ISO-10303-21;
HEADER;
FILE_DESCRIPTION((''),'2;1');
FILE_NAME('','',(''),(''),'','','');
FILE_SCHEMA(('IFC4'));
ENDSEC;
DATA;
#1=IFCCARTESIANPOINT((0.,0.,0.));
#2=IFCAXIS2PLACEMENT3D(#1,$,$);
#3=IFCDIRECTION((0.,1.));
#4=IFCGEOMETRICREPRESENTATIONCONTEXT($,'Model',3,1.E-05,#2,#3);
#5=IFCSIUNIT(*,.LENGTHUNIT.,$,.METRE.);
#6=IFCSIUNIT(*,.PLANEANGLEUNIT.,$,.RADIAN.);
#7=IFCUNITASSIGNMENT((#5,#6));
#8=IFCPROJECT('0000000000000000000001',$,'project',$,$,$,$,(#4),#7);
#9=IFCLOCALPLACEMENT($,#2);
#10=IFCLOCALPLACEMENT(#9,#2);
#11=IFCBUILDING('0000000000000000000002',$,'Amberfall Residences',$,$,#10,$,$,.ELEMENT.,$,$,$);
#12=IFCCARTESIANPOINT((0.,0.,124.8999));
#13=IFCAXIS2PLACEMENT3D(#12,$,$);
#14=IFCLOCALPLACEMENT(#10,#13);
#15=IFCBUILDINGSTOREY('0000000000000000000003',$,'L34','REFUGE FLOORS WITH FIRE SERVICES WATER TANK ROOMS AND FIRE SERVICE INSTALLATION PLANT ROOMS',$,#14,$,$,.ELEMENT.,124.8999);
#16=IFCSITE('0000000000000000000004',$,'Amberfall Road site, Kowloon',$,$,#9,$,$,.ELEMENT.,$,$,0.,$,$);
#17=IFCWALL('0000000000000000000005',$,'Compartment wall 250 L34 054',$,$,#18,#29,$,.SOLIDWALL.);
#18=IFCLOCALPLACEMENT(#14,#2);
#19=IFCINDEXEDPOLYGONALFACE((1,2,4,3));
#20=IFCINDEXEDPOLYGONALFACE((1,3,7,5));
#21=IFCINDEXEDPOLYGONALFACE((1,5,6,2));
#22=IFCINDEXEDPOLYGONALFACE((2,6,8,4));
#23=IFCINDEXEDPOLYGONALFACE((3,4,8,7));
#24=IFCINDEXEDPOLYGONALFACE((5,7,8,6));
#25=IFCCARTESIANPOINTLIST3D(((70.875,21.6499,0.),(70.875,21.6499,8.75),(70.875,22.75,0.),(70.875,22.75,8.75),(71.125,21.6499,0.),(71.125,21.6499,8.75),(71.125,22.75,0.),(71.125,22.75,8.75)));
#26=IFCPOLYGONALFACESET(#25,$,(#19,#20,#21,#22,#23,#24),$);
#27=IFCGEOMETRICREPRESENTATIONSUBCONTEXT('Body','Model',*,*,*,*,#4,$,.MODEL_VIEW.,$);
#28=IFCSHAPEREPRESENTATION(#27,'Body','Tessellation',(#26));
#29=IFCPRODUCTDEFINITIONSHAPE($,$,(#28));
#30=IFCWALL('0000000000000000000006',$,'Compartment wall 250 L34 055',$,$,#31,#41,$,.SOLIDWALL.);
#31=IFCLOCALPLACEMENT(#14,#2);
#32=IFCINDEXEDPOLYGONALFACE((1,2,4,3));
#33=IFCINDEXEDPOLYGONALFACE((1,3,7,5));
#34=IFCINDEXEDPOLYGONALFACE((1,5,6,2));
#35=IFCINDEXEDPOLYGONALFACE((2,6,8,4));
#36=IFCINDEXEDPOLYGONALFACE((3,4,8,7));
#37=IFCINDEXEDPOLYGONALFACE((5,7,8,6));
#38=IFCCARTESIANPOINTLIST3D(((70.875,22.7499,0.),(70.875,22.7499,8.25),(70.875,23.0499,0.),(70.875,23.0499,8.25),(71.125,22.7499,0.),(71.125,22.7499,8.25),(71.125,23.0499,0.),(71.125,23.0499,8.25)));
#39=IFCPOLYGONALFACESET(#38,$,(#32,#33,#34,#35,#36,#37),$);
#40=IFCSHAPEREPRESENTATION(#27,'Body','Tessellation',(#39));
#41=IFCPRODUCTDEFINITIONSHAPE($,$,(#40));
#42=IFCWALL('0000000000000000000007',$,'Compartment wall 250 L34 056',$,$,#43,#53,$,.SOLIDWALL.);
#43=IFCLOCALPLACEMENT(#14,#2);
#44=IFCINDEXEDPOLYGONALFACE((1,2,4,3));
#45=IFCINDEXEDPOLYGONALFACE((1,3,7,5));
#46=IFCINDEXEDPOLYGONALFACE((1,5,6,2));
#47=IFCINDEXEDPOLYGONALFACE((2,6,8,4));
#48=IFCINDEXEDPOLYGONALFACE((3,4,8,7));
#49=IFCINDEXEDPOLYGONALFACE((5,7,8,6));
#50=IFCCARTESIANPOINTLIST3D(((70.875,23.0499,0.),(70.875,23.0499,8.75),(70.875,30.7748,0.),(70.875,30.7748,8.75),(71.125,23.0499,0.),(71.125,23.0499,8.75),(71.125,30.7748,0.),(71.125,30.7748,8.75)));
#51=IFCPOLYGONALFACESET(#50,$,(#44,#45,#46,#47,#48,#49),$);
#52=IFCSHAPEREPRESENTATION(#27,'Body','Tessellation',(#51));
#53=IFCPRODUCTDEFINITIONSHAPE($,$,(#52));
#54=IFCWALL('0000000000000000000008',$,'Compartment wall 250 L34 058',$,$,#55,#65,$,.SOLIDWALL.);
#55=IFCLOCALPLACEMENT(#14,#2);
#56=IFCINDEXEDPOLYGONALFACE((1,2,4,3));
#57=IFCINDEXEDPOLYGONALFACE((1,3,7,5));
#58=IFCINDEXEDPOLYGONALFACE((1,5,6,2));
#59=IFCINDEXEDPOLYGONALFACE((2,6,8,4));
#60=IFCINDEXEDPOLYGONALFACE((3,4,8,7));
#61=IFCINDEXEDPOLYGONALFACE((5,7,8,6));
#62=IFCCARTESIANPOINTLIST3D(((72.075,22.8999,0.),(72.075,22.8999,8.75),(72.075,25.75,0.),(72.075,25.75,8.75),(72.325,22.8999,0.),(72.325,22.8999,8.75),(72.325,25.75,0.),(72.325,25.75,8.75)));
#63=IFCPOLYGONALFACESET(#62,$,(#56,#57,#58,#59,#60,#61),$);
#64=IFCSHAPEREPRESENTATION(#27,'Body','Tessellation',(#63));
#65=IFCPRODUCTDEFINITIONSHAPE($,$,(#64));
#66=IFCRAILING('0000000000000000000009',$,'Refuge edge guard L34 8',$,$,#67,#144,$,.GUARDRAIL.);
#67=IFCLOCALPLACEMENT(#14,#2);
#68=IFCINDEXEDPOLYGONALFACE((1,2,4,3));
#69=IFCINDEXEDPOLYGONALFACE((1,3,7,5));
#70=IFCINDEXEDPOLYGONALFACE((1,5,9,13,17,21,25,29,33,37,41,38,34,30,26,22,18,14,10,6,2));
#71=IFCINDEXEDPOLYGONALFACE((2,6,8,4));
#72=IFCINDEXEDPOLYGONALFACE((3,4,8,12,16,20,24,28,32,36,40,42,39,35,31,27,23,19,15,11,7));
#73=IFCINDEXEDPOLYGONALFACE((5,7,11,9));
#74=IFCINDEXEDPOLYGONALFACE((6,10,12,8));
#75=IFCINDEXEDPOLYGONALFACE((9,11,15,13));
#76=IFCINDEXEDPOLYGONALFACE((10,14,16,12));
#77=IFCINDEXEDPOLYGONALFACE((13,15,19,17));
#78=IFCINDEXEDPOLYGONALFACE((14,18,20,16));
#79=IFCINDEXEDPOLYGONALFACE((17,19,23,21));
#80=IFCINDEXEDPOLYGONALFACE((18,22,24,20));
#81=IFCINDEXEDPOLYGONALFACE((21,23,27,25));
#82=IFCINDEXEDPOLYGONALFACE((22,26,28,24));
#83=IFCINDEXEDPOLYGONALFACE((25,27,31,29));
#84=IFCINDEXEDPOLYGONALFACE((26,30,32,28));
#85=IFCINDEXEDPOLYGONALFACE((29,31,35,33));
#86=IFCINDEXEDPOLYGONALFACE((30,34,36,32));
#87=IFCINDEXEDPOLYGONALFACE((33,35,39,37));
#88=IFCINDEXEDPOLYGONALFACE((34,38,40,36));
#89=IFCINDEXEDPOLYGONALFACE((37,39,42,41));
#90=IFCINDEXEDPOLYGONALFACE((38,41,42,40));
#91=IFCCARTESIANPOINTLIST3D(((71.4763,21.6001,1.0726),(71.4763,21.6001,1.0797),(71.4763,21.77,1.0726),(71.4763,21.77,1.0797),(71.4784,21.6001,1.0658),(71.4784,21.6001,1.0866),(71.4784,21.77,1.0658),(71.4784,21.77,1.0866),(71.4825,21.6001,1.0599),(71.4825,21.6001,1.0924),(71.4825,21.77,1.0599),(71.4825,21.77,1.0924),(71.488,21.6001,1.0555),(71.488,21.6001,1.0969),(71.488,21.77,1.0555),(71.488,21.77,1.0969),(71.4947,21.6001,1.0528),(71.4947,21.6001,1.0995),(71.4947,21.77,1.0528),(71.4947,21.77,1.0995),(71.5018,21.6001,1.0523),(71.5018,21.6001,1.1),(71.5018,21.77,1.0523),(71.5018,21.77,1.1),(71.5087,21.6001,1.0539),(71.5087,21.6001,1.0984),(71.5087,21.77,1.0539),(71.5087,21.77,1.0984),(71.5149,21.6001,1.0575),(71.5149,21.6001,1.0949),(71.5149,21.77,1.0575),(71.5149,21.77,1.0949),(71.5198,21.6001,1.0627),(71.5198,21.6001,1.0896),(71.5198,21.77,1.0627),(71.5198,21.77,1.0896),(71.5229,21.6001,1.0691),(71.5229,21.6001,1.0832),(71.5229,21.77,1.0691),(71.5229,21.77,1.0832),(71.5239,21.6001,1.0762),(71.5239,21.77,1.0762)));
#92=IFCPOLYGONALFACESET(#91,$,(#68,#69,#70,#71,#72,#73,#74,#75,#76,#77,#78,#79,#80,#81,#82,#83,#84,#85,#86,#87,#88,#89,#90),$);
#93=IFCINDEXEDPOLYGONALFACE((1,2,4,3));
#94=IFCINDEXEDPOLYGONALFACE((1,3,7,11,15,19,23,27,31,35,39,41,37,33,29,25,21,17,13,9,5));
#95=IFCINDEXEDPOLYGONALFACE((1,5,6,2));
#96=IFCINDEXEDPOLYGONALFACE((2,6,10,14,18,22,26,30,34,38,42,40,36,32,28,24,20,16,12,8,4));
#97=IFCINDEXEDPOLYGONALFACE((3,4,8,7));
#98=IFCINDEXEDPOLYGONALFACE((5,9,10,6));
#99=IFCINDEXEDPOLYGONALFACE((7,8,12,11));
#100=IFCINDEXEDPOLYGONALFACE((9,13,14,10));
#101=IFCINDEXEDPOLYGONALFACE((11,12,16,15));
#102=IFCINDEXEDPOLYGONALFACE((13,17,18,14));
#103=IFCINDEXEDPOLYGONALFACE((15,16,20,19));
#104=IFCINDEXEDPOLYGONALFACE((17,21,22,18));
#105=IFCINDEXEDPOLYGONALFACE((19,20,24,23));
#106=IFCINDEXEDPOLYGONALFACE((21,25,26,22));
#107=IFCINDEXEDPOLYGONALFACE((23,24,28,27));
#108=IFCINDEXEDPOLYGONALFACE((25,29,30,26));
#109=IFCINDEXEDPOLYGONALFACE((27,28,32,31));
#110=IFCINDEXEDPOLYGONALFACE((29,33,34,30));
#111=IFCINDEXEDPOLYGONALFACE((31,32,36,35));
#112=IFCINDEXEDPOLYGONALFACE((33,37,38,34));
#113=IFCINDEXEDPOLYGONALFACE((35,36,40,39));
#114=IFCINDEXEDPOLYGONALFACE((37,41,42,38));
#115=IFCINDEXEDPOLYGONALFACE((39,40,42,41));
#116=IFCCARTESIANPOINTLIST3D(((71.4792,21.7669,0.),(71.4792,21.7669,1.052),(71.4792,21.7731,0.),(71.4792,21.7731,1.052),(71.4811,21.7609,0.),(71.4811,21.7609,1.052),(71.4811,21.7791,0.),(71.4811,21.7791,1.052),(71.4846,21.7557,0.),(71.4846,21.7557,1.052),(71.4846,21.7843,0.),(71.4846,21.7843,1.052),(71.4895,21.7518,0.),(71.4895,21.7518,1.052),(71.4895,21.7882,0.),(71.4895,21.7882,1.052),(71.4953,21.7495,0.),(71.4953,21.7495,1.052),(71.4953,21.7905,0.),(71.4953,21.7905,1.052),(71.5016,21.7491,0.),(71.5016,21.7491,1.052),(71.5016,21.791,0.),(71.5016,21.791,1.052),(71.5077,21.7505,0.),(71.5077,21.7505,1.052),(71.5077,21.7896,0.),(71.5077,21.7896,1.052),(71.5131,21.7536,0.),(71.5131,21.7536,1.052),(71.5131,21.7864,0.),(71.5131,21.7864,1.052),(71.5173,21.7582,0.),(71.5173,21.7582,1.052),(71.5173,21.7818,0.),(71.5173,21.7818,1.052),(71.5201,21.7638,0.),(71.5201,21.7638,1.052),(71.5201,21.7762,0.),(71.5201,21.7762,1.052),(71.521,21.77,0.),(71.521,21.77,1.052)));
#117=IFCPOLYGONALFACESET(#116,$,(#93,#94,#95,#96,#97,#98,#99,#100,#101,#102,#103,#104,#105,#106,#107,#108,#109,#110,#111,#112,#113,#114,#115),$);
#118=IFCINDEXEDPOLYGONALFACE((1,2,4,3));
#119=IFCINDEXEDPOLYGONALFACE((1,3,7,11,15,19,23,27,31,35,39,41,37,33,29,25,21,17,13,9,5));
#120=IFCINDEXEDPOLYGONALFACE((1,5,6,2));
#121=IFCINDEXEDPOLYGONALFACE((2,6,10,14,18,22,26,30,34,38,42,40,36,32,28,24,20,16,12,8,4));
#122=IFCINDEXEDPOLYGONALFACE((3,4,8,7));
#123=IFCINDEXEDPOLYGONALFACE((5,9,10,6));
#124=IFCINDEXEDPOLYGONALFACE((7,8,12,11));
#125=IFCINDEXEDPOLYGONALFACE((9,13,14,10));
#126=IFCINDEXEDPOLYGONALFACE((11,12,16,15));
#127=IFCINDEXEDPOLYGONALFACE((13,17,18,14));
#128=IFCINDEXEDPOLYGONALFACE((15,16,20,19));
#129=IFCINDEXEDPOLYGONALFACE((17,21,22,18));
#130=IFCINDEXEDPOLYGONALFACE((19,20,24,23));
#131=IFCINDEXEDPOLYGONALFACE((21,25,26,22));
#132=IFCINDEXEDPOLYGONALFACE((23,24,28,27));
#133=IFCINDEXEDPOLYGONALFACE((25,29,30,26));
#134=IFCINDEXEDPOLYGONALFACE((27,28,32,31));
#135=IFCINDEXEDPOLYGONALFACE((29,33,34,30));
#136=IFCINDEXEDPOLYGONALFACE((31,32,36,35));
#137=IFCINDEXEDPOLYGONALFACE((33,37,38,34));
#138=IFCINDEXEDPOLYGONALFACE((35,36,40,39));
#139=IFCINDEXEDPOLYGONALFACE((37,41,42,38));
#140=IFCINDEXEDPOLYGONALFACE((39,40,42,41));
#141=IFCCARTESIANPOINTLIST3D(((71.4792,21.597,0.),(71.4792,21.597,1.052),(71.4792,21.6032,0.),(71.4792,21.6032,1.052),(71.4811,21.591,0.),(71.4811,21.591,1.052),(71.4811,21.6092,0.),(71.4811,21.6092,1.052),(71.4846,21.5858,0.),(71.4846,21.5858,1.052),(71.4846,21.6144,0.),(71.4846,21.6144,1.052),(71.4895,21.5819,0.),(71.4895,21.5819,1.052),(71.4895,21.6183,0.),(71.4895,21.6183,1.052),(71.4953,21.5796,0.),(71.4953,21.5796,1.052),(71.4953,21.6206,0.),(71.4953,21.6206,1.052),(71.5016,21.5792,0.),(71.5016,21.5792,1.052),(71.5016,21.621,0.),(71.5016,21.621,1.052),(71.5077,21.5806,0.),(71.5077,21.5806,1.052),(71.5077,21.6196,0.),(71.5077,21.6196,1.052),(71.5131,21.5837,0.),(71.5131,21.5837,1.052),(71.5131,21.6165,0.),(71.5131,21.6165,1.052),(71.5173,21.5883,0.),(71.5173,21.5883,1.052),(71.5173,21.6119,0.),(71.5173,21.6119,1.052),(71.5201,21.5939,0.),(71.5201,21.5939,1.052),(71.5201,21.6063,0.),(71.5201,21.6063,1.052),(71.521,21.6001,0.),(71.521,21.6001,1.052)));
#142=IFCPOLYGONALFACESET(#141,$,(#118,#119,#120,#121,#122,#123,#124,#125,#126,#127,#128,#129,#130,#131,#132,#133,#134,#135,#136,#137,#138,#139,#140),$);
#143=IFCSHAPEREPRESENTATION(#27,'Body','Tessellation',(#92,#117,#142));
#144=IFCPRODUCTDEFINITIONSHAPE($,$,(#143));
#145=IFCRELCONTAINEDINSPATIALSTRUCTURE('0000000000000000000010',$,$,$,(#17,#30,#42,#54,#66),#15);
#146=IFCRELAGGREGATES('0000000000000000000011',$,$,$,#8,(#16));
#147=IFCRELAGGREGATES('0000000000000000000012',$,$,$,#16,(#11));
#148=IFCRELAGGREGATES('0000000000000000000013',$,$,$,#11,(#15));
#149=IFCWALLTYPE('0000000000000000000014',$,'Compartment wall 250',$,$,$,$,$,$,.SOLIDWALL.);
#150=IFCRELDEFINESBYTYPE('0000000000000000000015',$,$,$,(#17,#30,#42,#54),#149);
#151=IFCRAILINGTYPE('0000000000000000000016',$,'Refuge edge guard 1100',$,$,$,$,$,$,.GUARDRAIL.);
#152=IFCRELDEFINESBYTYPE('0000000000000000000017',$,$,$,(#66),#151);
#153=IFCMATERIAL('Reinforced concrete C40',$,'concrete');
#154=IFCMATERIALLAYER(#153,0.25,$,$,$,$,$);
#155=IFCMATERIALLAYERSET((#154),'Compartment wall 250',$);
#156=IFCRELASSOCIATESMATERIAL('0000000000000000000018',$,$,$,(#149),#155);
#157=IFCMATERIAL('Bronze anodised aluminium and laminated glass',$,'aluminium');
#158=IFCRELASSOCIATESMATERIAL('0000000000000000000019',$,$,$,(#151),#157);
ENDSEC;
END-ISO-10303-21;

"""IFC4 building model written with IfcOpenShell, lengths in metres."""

from ifc_helpers import new_model, si_unit, direction, frame, frame_2d, origin, origin_2d, place, context, subcontext, project, spatial, rectangle, circle, extrude, material, layer, layer_set, type_object, element, save


model = new_model("IFC4")

# Units and contexts
model_context = context("Model", 3, precision=1e-05, world=origin(), true_north=direction((0.0, 1.0)))
body_context = subcontext(model_context, "Body", "Model", "MODEL_VIEW")
ifc_project = project(units=[si_unit("LENGTHUNIT", "METRE"), si_unit("PLANEANGLEUNIT", "RADIAN")], contexts=[model_context])

# Site, building, storey
site_placement = place(None, origin())
site = spatial("IfcSite", under=ifc_project, at=site_placement, Name="Amberfall Road site, Kowloon", CompositionType="ELEMENT", RefElevation=0.0)
building_placement = place(site_placement, origin())
building = spatial("IfcBuilding", under=site, at=building_placement, Name="Amberfall Residences", CompositionType="ELEMENT")
storey_placement = place(building_placement, frame((0.0, 0.0, 124.8999)))
storey = spatial("IfcBuildingStorey", under=building, at=storey_placement, Name="L34", Description="REFUGE FLOORS WITH FIRE SERVICES WATER TANK ROOMS AND FIRE SERVICE INSTALLATION PLANT ROOMS", CompositionType="ELEMENT", Elevation=124.8999)

# Walls
ifc_material_1 = material(Name="Reinforced concrete C40", Category="concrete")
ifc_layer = layer(ifc_material_1, 0.25)
ifc_layer_set = layer_set([ifc_layer], Name="Compartment wall 250")
wall_type = type_object("IfcWallType", Name="Compartment wall 250", PredefinedType="SOLIDWALL", material=ifc_layer_set)
wall_1_placement = place(storey_placement, frame((71.0, 21.6499, 0.0), z_axis=(0.0, 0.0, 1.0), x_axis=(0.0, 1.0, 0.0)))
element("IfcWall", 1, at=wall_1_placement, inside=storey, type_object=wall_type, Name="Compartment wall 250 L34 054", PredefinedType="SOLIDWALL", context=body_context, shape_type="SweptSolid", body=[
    extrude(rectangle(XDim=1.1001, YDim=0.25, at=frame_2d((0.55, 0.0))), origin(), (0.0, 0.0, 1.0), 8.75),
])
wall_2_placement = place(storey_placement, frame((71.0, 22.75, 0.0), z_axis=(0.0, 0.0, 1.0), x_axis=(0.0, 1.0, 0.0)))
element("IfcWall", 2, at=wall_2_placement, inside=storey, type_object=wall_type, Name="Compartment wall 250 L34 055", PredefinedType="SOLIDWALL", context=body_context, shape_type="SweptSolid", body=[
    extrude(rectangle(XDim=0.3, YDim=0.25, at=frame_2d((0.1499, 0.0))), origin(), (0.0, 0.0, 1.0), 8.25),
])
wall_3_placement = place(storey_placement, frame((71.0, 23.05, 0.0), z_axis=(0.0, 0.0, 1.0), x_axis=(0.0, 1.0, 0.0)))
element("IfcWall", 3, at=wall_3_placement, inside=storey, type_object=wall_type, Name="Compartment wall 250 L34 056", PredefinedType="SOLIDWALL", context=body_context, shape_type="SweptSolid", body=[
    extrude(rectangle(XDim=7.7249, YDim=0.25, at=frame_2d((3.8623, 0.0))), origin(), (0.0, 0.0, 1.0), 8.75),
])
wall_4_placement = place(storey_placement, frame((72.2, 22.8999, 0.0), z_axis=(0.0, 0.0, 1.0), x_axis=(0.0, 1.0, 0.0)))
element("IfcWall", 4, at=wall_4_placement, inside=storey, type_object=wall_type, Name="Compartment wall 250 L34 058", PredefinedType="SOLIDWALL", context=body_context, shape_type="SweptSolid", body=[
    extrude(rectangle(XDim=2.8501, YDim=0.25, at=frame_2d((1.425, 0.0))), origin(), (0.0, 0.0, 1.0), 8.75),
])

# Railing
ifc_material_2 = material(Name="Bronze anodised aluminium and laminated glass", Category="aluminium")
railing_type = type_object("IfcRailingType", Name="Refuge edge guard 1100", PredefinedType="GUARDRAIL", material=ifc_material_2)
railing_1_placement = place(storey_placement, frame((71.5, 21.77, 0.0)))
element("IfcRailing", 5, at=railing_1_placement, inside=storey, type_object=railing_type, Name="Refuge edge guard L34 8", PredefinedType="GUARDRAIL", context=body_context, shape_type="SweptSolid", body=[
    extrude(circle(Radius=0.0239, at=origin_2d()), frame((0.0, 0.0, 1.0762), z_axis=(0.0, -1.0, 0.0), x_axis=(1.0, 0.0, 0.0)), (0.0, 0.0, 1.0), 0.1699),
    extrude(circle(Radius=0.021, at=origin_2d()), origin(), (0.0, 0.0, 1.0), 1.052),
    extrude(circle(Radius=0.021, at=origin_2d()), frame((0.0, -0.1699, 0.0)), (0.0, 0.0, 1.0), 1.052),
])

save(model, "model.ifc")
